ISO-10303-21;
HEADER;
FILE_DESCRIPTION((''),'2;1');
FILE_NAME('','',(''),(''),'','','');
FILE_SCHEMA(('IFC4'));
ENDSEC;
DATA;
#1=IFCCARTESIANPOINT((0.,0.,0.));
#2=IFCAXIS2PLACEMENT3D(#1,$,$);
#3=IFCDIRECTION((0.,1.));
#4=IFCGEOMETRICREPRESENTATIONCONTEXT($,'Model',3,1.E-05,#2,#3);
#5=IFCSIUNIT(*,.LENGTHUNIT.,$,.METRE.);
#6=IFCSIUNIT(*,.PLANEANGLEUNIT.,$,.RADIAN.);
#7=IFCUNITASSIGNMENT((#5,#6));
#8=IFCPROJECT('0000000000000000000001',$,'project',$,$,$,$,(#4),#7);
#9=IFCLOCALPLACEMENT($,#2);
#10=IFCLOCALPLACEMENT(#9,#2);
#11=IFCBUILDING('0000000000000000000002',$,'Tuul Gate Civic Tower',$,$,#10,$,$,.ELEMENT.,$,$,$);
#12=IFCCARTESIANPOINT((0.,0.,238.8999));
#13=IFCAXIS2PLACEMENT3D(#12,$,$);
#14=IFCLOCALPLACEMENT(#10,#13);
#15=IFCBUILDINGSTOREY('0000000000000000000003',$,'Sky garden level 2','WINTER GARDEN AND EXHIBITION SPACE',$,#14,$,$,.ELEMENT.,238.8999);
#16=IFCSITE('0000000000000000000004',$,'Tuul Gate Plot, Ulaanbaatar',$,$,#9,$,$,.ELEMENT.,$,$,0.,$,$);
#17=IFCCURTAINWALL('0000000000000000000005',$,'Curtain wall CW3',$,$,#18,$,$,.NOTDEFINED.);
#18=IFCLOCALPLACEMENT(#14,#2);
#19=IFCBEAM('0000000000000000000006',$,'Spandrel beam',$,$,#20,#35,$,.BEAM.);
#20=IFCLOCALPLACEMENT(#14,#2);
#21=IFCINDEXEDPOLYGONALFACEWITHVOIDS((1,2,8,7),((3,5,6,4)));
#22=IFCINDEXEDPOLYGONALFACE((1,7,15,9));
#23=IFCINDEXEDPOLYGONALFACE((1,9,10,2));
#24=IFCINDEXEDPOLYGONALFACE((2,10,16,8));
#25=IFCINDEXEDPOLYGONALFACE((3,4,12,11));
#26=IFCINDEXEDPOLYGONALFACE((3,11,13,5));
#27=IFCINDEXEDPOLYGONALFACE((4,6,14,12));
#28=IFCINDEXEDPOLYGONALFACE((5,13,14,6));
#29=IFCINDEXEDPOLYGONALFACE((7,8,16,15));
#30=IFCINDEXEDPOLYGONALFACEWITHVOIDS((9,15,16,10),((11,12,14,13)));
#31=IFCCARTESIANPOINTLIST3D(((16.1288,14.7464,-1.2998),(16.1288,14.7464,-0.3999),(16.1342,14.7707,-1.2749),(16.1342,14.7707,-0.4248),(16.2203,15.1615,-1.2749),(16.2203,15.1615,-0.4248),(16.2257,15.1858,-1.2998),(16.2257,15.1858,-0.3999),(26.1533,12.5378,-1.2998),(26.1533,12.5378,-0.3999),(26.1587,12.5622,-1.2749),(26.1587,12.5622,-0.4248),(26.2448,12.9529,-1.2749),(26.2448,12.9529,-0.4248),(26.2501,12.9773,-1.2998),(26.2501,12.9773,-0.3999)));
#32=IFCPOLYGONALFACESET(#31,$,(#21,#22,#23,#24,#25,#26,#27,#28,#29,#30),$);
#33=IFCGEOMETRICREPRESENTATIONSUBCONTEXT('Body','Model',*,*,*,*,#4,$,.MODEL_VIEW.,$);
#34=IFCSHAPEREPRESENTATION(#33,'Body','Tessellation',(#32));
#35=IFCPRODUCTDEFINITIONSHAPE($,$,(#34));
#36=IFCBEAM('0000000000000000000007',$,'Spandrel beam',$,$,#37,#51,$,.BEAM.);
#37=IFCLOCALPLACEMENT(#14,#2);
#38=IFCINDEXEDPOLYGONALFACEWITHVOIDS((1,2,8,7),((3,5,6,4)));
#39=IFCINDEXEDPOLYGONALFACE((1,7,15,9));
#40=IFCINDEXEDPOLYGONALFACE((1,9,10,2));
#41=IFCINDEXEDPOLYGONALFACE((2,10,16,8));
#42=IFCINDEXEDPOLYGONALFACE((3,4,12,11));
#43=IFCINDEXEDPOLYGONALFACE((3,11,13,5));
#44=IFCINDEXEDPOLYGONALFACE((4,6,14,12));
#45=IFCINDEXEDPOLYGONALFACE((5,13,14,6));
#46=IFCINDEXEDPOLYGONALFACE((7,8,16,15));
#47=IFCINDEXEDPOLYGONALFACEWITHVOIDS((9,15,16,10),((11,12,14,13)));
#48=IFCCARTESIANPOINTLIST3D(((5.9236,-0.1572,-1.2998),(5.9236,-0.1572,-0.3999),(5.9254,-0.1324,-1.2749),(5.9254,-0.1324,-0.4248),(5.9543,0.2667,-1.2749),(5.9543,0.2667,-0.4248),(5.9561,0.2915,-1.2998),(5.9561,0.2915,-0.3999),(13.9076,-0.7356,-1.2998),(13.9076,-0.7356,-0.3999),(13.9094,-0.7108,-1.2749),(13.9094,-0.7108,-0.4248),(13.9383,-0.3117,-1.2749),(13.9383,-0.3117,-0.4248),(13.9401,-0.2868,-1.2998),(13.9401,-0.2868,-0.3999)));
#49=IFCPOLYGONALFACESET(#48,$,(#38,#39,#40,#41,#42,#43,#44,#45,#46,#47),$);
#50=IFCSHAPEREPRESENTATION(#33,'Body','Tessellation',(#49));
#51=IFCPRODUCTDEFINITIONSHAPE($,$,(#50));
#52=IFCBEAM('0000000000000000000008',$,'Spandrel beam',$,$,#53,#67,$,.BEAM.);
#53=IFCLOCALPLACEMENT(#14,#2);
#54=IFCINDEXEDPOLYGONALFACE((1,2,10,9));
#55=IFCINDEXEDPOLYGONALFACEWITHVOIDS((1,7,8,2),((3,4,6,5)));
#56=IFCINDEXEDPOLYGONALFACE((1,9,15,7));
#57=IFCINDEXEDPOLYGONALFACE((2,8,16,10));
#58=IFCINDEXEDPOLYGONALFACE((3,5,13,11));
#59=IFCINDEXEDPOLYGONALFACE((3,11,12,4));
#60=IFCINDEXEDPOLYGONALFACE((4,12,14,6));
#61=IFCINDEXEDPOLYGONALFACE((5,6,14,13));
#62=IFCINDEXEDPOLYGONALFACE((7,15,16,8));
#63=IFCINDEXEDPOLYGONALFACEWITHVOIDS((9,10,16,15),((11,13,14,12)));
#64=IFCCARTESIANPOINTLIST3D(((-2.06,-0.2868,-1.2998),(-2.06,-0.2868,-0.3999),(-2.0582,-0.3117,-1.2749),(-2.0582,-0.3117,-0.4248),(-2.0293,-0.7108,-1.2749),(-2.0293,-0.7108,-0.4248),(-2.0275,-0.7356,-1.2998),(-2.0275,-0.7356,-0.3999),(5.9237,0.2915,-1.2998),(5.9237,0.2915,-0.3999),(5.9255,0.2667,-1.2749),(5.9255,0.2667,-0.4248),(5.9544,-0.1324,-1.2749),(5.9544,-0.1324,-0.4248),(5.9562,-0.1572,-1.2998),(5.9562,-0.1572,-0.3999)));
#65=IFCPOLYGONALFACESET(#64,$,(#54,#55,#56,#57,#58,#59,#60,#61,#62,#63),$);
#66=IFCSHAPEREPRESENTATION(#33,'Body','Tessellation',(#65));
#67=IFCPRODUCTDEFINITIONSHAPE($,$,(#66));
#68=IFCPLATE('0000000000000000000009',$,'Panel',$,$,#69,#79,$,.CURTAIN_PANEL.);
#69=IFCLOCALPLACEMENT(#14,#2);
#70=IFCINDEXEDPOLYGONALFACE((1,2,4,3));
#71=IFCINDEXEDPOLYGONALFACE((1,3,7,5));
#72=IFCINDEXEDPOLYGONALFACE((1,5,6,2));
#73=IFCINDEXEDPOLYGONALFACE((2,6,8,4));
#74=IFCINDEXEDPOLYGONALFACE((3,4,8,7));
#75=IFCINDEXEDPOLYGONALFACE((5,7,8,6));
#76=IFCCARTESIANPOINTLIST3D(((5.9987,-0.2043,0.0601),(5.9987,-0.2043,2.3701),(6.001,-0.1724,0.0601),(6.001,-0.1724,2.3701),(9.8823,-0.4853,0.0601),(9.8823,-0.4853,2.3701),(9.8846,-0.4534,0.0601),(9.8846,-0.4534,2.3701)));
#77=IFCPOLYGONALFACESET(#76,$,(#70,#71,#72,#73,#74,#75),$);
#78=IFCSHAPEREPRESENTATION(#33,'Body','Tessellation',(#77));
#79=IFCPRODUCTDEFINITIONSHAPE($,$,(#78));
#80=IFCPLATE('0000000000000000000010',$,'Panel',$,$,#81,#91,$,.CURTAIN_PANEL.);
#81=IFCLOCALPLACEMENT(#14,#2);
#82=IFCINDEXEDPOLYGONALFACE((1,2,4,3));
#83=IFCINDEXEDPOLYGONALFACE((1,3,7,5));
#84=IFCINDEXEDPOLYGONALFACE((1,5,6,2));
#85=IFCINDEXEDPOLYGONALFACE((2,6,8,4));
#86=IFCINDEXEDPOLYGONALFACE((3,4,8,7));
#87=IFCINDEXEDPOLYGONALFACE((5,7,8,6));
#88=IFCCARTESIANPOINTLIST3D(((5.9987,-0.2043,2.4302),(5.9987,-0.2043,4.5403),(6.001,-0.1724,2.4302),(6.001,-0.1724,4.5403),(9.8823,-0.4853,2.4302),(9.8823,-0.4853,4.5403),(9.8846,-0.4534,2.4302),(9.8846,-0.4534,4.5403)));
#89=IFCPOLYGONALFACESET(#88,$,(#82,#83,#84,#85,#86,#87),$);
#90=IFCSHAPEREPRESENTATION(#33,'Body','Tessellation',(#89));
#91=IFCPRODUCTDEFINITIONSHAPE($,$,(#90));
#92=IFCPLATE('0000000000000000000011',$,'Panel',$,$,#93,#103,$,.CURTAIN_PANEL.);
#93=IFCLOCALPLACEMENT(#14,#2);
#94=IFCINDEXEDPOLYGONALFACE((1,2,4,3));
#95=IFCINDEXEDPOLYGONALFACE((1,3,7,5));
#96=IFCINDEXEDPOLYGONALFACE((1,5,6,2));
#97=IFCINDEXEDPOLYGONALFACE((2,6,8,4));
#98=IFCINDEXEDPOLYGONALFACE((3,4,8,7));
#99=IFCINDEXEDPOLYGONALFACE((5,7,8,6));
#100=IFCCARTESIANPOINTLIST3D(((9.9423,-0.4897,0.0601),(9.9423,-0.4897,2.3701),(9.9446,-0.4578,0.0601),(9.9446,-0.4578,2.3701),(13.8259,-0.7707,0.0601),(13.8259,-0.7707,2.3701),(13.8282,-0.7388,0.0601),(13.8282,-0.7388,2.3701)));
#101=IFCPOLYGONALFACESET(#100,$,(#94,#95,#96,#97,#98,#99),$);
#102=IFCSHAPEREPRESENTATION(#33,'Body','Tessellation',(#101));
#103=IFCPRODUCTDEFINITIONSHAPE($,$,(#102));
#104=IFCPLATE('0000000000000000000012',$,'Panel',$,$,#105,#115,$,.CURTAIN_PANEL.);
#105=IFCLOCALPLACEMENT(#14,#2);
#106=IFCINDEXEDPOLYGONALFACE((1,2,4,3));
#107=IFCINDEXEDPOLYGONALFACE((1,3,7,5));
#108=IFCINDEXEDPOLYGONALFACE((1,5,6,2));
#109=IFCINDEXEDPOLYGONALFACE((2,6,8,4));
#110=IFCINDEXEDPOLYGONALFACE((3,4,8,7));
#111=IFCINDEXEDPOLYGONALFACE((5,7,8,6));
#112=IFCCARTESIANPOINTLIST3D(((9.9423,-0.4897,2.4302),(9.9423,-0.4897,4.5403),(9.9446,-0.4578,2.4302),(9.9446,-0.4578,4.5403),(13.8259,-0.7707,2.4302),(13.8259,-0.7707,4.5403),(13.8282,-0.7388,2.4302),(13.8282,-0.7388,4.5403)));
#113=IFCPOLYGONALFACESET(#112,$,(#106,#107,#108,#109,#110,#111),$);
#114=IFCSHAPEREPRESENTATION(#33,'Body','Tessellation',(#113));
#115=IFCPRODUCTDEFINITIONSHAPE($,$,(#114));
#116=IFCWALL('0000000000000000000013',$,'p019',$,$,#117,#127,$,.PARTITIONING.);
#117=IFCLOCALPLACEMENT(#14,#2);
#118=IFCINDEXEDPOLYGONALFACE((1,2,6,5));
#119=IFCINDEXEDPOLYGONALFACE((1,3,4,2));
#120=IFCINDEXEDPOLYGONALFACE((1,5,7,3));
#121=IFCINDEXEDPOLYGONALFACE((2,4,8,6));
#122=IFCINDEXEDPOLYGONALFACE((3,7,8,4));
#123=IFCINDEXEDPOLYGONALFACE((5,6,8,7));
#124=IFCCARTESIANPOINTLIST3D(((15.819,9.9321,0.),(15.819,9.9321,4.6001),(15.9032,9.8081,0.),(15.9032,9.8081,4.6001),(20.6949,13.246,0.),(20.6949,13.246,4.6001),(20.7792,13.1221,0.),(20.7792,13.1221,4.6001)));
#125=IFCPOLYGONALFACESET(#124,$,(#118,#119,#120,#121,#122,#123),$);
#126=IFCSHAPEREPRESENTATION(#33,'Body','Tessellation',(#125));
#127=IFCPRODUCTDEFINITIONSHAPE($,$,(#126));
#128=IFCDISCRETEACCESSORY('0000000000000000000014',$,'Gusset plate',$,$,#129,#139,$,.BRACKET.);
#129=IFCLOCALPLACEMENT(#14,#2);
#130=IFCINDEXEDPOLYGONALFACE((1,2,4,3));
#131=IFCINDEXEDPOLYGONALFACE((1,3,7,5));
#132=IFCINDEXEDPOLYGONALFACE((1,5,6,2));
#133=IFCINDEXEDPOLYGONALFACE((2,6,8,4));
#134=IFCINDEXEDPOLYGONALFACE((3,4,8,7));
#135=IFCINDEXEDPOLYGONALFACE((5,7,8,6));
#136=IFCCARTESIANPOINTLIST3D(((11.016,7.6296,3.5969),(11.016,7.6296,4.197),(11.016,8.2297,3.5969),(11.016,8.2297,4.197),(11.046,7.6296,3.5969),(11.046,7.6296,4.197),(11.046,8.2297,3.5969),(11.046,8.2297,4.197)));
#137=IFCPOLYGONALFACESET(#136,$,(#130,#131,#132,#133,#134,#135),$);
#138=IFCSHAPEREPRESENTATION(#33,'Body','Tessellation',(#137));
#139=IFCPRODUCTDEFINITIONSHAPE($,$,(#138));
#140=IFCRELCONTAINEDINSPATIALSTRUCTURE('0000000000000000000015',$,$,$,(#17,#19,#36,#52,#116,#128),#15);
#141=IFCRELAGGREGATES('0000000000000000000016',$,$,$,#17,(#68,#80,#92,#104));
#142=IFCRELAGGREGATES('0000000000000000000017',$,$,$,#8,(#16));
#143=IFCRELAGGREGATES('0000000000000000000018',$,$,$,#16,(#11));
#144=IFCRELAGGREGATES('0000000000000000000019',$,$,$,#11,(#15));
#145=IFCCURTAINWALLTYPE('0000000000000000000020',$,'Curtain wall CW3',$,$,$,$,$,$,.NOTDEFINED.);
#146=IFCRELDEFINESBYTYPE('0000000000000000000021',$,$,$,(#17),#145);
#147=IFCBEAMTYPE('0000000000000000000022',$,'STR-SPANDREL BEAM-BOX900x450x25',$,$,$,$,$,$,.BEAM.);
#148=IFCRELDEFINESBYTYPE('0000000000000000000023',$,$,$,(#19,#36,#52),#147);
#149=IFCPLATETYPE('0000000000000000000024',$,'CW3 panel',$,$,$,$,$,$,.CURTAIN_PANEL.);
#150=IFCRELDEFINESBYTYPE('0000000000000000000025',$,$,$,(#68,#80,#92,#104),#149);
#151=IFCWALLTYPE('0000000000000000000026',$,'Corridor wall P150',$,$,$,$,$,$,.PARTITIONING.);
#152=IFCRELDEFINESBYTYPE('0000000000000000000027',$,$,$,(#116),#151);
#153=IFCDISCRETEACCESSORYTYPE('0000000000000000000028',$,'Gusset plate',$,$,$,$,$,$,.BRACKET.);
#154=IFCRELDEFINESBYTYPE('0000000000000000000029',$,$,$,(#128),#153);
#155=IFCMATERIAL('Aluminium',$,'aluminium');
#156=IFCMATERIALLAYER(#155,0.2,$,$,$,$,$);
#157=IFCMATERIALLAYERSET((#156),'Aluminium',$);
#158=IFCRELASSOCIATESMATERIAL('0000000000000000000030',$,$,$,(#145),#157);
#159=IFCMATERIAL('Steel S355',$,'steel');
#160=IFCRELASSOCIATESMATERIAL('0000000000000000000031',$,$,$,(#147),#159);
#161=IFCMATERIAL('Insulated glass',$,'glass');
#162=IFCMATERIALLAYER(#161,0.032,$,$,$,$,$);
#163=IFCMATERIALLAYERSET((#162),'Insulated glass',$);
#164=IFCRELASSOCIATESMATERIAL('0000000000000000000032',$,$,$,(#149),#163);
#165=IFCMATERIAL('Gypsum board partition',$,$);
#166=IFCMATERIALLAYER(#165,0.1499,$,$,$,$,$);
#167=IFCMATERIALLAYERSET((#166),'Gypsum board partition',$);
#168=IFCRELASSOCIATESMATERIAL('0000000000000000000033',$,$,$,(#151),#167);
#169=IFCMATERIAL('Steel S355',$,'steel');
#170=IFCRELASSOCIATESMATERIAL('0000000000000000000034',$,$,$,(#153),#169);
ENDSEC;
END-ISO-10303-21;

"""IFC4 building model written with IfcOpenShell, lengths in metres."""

from ifc_helpers import new_model, si_unit, direction, frame, frame_2d, origin, origin_2d, place, context, subcontext, project, spatial, rectangle, hollow_rectangle, extrude, material, layer, layer_set, material_profile, profile_set, type_object, element, aggregate, save


model = new_model("IFC4")

# Units and contexts
model_context = context("Model", 3, precision=1e-05, world=origin(), true_north=direction((0.0, 1.0)))
body_context = subcontext(model_context, "Body", "Model", "MODEL_VIEW")
ifc_project = project(units=[si_unit("LENGTHUNIT", "METRE"), si_unit("PLANEANGLEUNIT", "RADIAN")], contexts=[model_context])

# Site, building, storey
site_placement = place(None, origin())
site = spatial("IfcSite", under=ifc_project, at=site_placement, Name="Tuul Gate Plot, Ulaanbaatar", CompositionType="ELEMENT", RefElevation=0.0)
building_placement = place(site_placement, origin())
building = spatial("IfcBuilding", under=site, at=building_placement, Name="Tuul Gate Civic Tower", CompositionType="ELEMENT")
storey_placement = place(building_placement, frame((0.0, 0.0, 238.8999)))
storey = spatial("IfcBuildingStorey", under=building, at=storey_placement, Name="Sky garden level 2", Description="WINTER GARDEN AND EXHIBITION SPACE", CompositionType="ELEMENT", Elevation=238.8999)

# Curtain wall
ifc_material_1 = material(Name="Aluminium", Category="aluminium")
ifc_layer_1 = layer(ifc_material_1, 0.2)
ifc_layer_set_1 = layer_set([ifc_layer_1], Name="Aluminium")
curtain_wall_type_1 = type_object("IfcCurtainWallType", Name="Curtain wall CW3", PredefinedType="NOTDEFINED", material=ifc_layer_set_1)
curtain_wall_1_placement = place(storey_placement, origin())
curtain_wall_1 = element("IfcCurtainWall", 1, at=curtain_wall_1_placement, inside=storey, type_object=curtain_wall_type_1, Name="Curtain wall CW3", PredefinedType="NOTDEFINED")

# Beams
ifc_material_2 = material(Name="Steel S355", Category="steel")
ifc_material_profile_1 = material_profile(ifc_material_2, hollow_rectangle(XDim=0.45, YDim=0.8999, WallThickness=0.0249, at=origin_2d()), Name="BOX900x450x25")
ifc_profile_set_1 = profile_set([ifc_material_profile_1], Name="Steel S355")
beam_type_1 = type_object("IfcBeamType", Name="STR-SPANDREL BEAM-BOX900x450x25", PredefinedType="BEAM", material=ifc_profile_set_1)
beam_1_placement = place(storey_placement, frame((16.1772, 14.9661, -0.8499), z_axis=(0.976581, -0.215152, 0.0), x_axis=(0.215152, 0.976581, 0.0)))
element("IfcBeam", 2, at=beam_1_placement, inside=storey, type_object=beam_type_1, Name="Spandrel beam", PredefinedType="BEAM", context=body_context, shape_type="SweptSolid", body=[
    extrude(hollow_rectangle(XDim=0.45, YDim=0.8999, WallThickness=0.0249, at=origin_2d()), origin(), (0.0, 0.0, 1.0), 10.2649),
])
beam_2_placement = place(storey_placement, frame((13.9238, -0.5112, -0.8499), z_axis=(-0.997386, 0.072253, 0.0), x_axis=(-0.072253, -0.997386, 0.0)))
element("IfcBeam", 3, at=beam_2_placement, inside=storey, type_object=beam_type_1, Name="Spandrel beam", PredefinedType="BEAM", context=body_context, shape_type="SweptSolid", body=[
    extrude(hollow_rectangle(XDim=0.45, YDim=0.8999, WallThickness=0.0249, at=origin_2d()), origin(), (0.0, 0.0, 1.0), 8.0049),
])
beam_3_placement = place(storey_placement, frame((5.9399, 0.0671, -0.8499), z_axis=(-0.997386, -0.072255, 0.0), x_axis=(0.072255, -0.997386, 0.0)))
element("IfcBeam", 4, at=beam_3_placement, inside=storey, type_object=beam_type_1, Name="Spandrel beam", PredefinedType="BEAM", context=body_context, shape_type="SweptSolid", body=[
    extrude(hollow_rectangle(XDim=0.45, YDim=0.8999, WallThickness=0.0249, at=origin_2d()), origin(), (0.0, 0.0, 1.0), 8.0046),
])

# Plates
ifc_material_3 = material(Name="Insulated glass", Category="glass")
ifc_layer_2 = layer(ifc_material_3, 0.032)
ifc_layer_set_2 = layer_set([ifc_layer_2], Name="Insulated glass")
plate_type = type_object("IfcPlateType", Name="CW3 panel", PredefinedType="CURTAIN_PANEL", material=ifc_layer_set_2)
plate_1_placement = place(storey_placement, frame((7.9417, -0.3289, 0.0601), z_axis=(0.0, 0.0, 1.0), x_axis=(0.997393, -0.072166, 0.0)))
plate_1 = element("IfcPlate", 5, at=plate_1_placement, type_object=plate_type, Name="Panel", PredefinedType="CURTAIN_PANEL", context=body_context, shape_type="SweptSolid", body=[
    extrude(rectangle(XDim=3.8938, YDim=0.032, at=origin_2d()), origin(), (0.0, 0.0, 1.0), 2.3101),
])
plate_2_placement = place(storey_placement, frame((7.9417, -0.3289, 2.4302), z_axis=(0.0, 0.0, 1.0), x_axis=(0.997393, -0.072166, 0.0)))
plate_2 = element("IfcPlate", 6, at=plate_2_placement, type_object=plate_type, Name="Panel", PredefinedType="CURTAIN_PANEL", context=body_context, shape_type="SweptSolid", body=[
    extrude(rectangle(XDim=3.8938, YDim=0.032, at=origin_2d()), origin(), (0.0, 0.0, 1.0), 2.1101),
])
plate_3_placement = place(storey_placement, frame((11.8853, -0.6143, 0.0601), z_axis=(0.0, 0.0, 1.0), x_axis=(0.997393, -0.072166, 0.0)))
plate_3 = element("IfcPlate", 7, at=plate_3_placement, type_object=plate_type, Name="Panel", PredefinedType="CURTAIN_PANEL", context=body_context, shape_type="SweptSolid", body=[
    extrude(rectangle(XDim=3.8938, YDim=0.032, at=origin_2d()), origin(), (0.0, 0.0, 1.0), 2.3101),
])
plate_4_placement = place(storey_placement, frame((11.8853, -0.6143, 2.4302), z_axis=(0.0, 0.0, 1.0), x_axis=(0.997393, -0.072166, 0.0)))
plate_4 = element("IfcPlate", 8, at=plate_4_placement, type_object=plate_type, Name="Panel", PredefinedType="CURTAIN_PANEL", context=body_context, shape_type="SweptSolid", body=[
    extrude(rectangle(XDim=3.8938, YDim=0.032, at=origin_2d()), origin(), (0.0, 0.0, 1.0), 2.1101),
])
aggregate(curtain_wall_1, [plate_1, plate_2, plate_3, plate_4])

# Wall
ifc_material_4 = material(Name="Gypsum board partition")
ifc_layer_3 = layer(ifc_material_4, 0.1499)
ifc_layer_set_3 = layer_set([ifc_layer_3], Name="Gypsum board partition")
wall_type = type_object("IfcWallType", Name="Corridor wall P150", PredefinedType="PARTITIONING", material=ifc_layer_set_3)
wall_placement = place(storey_placement, frame((15.8611, 9.8701, 0.0), z_axis=(0.0, 0.0, 1.0), x_axis=(0.82706, 0.562113, 0.0)))
element("IfcWall", 9, at=wall_placement, inside=storey, type_object=wall_type, Name="p019", PredefinedType="PARTITIONING", context=body_context, shape_type="SweptSolid", body=[
    extrude(rectangle(XDim=5.8955, YDim=0.1499, at=frame_2d((2.9478, 0.0))), origin(), (0.0, 0.0, 1.0), 4.6001),
])

# Discrete accessory
ifc_material_5 = material(Name="Steel S355", Category="steel")
discrete_accessory_type = type_object("IfcDiscreteAccessoryType", Name="Gusset plate", PredefinedType="BRACKET", material=ifc_material_5)
discrete_accessory_placement = place(storey_placement, frame((11.031, 7.9297, 3.5969), z_axis=(0.0, 0.0, 1.0), x_axis=(0.0, 1.0, 0.0)))
element("IfcDiscreteAccessory", 10, at=discrete_accessory_placement, inside=storey, type_object=discrete_accessory_type, Name="Gusset plate", PredefinedType="BRACKET", context=body_context, shape_type="SweptSolid", body=[
    extrude(rectangle(XDim=0.6001, YDim=0.03, at=origin_2d()), origin(), (0.0, 0.0, 1.0), 0.6001),
])

save(model, "model.ifc")
